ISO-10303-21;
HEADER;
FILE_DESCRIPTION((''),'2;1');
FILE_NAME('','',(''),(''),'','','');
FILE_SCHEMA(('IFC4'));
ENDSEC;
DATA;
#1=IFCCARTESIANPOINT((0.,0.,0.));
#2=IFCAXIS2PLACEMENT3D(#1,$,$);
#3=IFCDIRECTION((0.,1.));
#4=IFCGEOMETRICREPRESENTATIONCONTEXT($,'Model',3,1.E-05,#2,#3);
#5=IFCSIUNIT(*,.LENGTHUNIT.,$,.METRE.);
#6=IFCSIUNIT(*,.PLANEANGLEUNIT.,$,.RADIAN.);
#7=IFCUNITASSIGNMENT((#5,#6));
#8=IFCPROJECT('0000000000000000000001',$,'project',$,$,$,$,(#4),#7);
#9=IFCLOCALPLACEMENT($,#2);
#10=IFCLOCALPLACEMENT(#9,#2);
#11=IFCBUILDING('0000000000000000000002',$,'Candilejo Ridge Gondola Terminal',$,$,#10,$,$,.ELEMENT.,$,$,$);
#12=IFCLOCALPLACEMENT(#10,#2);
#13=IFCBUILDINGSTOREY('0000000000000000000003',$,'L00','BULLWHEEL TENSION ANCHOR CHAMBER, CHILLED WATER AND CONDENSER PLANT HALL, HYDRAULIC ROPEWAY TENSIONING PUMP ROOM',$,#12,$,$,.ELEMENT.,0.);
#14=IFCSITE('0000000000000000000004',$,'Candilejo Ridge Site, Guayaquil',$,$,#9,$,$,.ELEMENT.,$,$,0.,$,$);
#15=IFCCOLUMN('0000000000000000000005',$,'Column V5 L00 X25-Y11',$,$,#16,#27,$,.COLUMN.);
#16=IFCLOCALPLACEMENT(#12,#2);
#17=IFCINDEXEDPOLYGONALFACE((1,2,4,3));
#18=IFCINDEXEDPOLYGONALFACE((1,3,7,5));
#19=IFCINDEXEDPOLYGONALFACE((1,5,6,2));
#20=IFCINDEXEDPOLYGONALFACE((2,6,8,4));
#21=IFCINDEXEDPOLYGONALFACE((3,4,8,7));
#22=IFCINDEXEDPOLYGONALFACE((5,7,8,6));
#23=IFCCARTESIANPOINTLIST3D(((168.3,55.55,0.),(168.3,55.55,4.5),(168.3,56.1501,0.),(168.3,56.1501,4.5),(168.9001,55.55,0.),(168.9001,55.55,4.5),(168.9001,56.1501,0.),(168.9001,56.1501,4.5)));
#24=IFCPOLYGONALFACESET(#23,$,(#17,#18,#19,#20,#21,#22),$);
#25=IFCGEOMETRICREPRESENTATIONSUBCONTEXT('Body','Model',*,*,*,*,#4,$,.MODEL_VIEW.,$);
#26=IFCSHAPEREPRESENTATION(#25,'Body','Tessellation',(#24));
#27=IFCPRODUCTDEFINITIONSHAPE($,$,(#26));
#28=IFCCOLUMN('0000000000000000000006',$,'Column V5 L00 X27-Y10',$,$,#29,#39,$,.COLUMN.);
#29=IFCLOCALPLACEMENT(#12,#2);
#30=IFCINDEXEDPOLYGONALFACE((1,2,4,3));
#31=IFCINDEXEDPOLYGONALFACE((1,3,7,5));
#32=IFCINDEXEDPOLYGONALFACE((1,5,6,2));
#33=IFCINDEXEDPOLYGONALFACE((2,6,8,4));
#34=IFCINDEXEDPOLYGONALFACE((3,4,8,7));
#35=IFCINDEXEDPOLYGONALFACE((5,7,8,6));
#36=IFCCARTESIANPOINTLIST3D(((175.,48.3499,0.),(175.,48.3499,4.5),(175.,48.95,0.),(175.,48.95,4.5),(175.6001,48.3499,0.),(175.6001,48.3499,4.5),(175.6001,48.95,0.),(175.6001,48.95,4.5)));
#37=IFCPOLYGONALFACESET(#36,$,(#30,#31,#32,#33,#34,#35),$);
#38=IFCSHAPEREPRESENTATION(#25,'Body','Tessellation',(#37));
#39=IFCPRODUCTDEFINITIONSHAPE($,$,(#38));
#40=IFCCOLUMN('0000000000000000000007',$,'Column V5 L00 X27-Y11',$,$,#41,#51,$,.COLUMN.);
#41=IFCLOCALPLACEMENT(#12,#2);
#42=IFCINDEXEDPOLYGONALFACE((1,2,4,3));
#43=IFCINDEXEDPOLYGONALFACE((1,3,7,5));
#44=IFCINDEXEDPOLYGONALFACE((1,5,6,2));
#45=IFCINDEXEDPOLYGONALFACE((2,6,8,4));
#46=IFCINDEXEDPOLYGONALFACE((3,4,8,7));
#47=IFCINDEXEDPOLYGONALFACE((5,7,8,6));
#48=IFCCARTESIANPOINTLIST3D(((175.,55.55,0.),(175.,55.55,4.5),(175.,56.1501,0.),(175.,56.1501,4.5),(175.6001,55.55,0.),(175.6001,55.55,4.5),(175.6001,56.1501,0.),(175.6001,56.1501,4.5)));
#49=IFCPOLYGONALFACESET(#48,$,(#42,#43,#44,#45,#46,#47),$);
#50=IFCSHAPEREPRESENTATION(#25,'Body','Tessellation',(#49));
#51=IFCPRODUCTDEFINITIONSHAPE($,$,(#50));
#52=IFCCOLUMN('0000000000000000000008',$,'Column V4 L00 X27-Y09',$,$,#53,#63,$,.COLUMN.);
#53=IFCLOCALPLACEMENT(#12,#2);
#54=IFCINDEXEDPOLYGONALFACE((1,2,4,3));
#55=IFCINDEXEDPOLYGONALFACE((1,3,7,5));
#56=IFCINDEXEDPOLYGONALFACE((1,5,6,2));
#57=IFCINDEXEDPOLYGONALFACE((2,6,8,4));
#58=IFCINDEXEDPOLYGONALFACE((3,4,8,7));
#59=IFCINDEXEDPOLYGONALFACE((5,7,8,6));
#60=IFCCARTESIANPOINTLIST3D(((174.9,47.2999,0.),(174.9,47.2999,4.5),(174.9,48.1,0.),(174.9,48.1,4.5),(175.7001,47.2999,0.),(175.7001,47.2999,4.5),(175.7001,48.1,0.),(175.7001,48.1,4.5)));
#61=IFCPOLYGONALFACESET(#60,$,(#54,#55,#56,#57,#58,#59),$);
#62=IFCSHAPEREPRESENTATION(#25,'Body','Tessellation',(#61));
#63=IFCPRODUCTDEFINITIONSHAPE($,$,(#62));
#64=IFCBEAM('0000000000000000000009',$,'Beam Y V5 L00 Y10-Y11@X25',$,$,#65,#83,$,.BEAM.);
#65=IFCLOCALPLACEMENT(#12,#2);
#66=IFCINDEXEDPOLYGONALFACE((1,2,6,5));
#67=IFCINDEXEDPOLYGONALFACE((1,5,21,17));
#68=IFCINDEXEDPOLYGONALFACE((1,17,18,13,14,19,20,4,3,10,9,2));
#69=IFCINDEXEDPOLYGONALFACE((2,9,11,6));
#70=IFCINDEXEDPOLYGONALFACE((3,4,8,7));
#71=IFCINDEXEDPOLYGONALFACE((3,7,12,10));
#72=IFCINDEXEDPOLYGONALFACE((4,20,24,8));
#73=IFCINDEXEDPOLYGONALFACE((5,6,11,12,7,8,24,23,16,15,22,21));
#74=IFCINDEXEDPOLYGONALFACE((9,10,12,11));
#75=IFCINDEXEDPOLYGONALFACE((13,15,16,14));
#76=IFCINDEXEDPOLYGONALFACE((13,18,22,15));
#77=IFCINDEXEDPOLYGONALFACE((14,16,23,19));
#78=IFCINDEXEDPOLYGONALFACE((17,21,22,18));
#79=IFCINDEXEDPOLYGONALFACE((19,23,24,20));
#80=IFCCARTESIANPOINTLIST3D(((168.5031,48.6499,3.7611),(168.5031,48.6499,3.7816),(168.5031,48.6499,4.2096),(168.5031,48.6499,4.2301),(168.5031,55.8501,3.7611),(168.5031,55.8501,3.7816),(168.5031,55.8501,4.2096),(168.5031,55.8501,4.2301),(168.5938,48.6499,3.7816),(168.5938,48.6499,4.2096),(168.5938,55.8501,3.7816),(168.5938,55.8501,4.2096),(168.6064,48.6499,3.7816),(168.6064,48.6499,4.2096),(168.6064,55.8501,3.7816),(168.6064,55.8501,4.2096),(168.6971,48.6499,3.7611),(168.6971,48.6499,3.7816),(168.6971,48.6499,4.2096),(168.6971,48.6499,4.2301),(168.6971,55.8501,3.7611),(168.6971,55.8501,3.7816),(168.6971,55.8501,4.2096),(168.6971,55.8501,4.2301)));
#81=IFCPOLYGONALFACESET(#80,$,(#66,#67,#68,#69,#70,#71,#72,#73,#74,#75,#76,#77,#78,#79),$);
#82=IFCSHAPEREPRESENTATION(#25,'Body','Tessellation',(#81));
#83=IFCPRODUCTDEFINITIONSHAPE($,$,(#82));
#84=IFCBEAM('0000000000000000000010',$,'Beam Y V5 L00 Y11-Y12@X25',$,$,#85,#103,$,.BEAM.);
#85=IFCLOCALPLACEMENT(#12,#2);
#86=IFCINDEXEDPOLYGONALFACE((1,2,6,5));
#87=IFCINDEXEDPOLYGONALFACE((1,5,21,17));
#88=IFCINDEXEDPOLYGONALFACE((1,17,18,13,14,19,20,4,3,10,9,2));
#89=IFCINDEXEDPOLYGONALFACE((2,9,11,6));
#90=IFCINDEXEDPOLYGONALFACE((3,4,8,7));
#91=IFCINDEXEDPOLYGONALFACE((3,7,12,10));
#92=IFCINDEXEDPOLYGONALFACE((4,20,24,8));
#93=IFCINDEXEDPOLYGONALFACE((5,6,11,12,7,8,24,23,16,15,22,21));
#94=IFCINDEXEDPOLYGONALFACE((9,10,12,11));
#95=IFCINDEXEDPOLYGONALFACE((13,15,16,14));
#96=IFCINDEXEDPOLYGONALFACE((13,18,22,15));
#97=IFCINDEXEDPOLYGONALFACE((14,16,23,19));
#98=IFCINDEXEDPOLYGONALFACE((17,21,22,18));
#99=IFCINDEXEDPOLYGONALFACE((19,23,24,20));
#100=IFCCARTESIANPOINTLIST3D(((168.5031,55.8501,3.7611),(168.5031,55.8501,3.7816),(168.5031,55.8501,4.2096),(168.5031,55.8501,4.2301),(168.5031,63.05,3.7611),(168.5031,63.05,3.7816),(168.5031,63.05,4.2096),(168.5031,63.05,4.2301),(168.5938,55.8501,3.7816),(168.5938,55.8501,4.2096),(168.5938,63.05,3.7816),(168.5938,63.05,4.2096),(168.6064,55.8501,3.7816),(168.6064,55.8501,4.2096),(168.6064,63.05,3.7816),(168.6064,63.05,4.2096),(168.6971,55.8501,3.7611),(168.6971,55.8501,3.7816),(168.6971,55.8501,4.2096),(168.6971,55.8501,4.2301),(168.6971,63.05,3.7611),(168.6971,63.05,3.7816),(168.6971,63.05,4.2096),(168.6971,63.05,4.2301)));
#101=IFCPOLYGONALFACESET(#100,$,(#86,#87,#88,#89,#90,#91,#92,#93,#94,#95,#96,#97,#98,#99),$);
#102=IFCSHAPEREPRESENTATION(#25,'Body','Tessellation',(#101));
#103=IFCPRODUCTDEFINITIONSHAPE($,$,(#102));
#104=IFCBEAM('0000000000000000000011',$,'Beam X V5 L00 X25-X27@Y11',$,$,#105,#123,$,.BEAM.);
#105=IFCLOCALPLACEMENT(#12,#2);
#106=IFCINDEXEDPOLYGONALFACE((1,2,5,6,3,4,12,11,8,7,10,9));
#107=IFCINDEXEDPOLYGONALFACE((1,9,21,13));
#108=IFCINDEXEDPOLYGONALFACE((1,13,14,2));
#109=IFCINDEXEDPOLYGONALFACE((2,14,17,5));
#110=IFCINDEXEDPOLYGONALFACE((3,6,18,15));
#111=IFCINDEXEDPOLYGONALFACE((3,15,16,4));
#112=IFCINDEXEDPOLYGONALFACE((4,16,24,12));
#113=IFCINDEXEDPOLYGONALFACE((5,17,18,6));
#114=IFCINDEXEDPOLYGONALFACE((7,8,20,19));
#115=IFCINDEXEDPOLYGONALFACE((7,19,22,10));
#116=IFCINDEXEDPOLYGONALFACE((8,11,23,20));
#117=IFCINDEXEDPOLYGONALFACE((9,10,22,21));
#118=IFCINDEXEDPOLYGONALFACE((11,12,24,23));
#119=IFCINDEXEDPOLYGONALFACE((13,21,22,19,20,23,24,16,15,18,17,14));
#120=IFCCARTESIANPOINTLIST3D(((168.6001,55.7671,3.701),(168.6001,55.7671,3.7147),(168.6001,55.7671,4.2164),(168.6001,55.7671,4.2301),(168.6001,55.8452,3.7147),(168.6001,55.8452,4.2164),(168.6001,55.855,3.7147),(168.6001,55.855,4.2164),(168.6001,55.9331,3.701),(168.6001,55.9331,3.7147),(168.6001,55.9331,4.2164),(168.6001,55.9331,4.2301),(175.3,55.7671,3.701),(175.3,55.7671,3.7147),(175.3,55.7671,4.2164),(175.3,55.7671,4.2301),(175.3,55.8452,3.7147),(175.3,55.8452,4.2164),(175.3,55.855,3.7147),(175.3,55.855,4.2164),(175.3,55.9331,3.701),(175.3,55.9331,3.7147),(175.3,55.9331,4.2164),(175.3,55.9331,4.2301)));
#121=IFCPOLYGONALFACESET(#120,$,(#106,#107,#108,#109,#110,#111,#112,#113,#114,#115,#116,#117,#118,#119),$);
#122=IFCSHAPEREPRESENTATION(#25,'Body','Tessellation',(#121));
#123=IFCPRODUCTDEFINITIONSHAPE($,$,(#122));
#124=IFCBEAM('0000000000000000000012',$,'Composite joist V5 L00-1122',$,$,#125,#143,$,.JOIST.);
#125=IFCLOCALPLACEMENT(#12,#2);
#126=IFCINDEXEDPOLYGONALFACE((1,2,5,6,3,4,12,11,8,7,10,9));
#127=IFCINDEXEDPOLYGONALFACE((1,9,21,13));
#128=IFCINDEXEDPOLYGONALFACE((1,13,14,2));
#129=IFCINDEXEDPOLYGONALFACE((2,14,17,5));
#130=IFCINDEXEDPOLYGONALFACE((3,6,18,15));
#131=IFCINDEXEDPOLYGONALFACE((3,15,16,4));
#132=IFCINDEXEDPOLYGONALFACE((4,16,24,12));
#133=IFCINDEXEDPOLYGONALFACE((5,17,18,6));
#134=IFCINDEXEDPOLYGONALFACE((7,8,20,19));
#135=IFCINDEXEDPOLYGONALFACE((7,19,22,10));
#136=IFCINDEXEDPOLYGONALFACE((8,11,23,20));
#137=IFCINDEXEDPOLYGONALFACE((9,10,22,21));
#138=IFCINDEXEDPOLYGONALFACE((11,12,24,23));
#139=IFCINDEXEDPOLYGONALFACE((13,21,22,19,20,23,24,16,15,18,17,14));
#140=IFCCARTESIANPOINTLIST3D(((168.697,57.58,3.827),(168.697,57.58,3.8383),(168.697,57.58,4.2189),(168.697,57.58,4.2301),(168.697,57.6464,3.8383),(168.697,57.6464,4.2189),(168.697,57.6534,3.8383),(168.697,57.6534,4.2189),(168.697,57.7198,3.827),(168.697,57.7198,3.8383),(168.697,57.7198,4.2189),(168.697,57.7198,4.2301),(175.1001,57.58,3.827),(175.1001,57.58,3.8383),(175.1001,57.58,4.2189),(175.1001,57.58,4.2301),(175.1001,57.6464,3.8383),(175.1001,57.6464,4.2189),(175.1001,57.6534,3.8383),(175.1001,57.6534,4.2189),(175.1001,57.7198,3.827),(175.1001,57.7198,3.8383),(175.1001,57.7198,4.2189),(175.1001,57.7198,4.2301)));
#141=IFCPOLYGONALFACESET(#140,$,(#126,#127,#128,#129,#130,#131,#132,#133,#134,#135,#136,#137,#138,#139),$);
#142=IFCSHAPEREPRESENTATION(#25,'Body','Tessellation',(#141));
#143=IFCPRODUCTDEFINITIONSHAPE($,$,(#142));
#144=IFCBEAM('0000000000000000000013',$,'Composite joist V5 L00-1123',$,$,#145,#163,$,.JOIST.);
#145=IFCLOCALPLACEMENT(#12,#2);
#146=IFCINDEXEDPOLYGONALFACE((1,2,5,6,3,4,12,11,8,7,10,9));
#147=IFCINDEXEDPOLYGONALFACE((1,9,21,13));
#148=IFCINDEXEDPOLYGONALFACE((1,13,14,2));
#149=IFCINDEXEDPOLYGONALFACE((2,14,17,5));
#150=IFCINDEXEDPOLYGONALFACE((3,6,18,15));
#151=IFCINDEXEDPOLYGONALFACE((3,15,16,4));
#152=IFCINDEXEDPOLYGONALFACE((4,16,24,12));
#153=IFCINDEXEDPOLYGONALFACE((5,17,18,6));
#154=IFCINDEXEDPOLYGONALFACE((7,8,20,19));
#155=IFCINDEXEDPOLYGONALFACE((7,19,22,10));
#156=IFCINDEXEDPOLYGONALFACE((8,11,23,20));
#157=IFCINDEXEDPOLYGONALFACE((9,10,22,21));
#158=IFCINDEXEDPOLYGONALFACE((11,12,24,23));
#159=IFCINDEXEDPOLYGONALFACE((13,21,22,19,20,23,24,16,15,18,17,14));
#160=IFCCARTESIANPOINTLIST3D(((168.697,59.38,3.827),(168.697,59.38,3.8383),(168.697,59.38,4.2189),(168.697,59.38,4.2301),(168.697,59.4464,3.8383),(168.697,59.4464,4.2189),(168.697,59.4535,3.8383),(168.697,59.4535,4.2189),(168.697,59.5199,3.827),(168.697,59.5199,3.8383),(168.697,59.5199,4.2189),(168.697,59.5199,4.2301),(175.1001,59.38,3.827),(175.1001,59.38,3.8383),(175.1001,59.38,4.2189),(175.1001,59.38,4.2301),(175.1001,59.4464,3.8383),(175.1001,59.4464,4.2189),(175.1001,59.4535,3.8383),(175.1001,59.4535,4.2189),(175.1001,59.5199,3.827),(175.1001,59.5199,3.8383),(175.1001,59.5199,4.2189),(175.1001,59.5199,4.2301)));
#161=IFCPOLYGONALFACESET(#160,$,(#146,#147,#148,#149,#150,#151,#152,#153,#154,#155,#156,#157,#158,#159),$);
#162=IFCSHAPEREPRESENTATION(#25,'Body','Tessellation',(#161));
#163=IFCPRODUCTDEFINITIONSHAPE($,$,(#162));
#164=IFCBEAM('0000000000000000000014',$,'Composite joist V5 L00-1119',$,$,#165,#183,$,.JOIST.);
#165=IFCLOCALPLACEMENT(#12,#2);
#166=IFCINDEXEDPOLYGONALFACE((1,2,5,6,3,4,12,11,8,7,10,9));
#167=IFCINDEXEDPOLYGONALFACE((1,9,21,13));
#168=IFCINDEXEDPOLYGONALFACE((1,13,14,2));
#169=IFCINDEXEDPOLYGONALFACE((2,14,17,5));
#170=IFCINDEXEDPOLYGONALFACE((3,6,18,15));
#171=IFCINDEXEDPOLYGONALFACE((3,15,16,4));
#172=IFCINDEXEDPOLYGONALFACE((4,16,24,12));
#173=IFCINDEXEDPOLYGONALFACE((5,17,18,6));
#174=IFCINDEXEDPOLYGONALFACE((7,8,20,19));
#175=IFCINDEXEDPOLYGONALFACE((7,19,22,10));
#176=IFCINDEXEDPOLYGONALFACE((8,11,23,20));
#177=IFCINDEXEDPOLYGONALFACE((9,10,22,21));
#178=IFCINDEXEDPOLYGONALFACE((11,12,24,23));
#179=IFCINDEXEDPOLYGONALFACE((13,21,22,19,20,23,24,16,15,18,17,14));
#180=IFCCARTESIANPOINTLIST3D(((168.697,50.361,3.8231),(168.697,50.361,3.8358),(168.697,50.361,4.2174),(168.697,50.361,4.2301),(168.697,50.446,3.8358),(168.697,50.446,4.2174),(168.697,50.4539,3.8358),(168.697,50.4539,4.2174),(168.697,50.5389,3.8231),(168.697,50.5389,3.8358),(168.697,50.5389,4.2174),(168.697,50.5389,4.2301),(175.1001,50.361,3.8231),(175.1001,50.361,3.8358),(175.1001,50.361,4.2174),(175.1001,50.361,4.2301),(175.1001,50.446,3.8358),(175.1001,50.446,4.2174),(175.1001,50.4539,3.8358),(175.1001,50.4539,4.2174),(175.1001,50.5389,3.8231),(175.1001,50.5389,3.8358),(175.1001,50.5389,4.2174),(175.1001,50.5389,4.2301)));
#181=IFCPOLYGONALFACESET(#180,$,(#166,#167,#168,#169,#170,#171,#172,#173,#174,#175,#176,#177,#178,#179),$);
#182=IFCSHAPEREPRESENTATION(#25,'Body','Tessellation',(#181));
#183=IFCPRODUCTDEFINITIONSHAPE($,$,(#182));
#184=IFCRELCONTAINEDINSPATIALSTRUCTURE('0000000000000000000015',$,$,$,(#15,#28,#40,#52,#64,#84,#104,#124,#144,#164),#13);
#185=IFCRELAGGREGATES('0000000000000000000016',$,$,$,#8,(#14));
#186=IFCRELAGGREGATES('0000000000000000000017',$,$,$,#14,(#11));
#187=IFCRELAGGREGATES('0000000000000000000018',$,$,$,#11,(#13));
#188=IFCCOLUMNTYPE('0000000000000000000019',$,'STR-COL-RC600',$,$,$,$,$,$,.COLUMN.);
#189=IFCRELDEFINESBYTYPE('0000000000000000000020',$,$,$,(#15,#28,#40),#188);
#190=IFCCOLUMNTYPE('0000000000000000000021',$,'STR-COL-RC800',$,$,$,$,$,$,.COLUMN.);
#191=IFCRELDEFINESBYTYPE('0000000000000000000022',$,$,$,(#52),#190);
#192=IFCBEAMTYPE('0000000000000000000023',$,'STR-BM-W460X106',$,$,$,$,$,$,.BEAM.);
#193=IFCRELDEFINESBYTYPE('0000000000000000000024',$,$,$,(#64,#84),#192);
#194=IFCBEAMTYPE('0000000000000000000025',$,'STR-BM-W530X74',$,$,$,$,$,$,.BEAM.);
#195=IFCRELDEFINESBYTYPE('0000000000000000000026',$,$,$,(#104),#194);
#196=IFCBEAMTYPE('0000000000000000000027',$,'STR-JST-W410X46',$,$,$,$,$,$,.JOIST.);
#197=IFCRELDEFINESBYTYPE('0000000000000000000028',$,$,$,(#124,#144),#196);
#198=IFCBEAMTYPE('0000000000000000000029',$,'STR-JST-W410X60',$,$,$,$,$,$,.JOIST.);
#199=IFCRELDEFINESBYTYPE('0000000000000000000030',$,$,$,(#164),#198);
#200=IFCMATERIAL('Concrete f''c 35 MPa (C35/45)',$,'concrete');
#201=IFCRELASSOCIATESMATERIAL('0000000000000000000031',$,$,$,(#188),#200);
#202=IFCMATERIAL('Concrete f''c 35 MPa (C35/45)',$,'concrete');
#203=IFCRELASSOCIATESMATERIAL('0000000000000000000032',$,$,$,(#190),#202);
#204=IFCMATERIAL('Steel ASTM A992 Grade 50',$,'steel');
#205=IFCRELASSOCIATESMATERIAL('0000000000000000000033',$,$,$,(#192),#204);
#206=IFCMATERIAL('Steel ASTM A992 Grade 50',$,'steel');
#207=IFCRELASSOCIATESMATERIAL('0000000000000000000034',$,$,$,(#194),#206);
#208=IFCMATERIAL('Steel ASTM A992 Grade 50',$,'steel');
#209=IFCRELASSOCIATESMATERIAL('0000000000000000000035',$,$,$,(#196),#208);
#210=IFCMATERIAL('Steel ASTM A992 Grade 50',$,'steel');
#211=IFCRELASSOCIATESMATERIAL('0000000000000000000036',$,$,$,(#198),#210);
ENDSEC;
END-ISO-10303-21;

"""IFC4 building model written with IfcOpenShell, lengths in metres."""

from ifc_helpers import new_model, si_unit, direction, frame, origin, origin_2d, place, context, subcontext, project, spatial, rectangle, i_section, extrude, material, material_profile, profile_set, type_object, element, save


model = new_model("IFC4")

# Units and contexts
model_context = context("Model", 3, precision=1e-05, world=origin(), true_north=direction((0.0, 1.0)))
body_context = subcontext(model_context, "Body", "Model", "MODEL_VIEW")
ifc_project = project(units=[si_unit("LENGTHUNIT", "METRE"), si_unit("PLANEANGLEUNIT", "RADIAN")], contexts=[model_context])

# Site, building, storey
site_placement = place(None, origin())
site = spatial("IfcSite", under=ifc_project, at=site_placement, Name="Candilejo Ridge Site, Guayaquil", CompositionType="ELEMENT", RefElevation=0.0)
building_placement = place(site_placement, origin())
building = spatial("IfcBuilding", under=site, at=building_placement, Name="Candilejo Ridge Gondola Terminal", CompositionType="ELEMENT")
storey_placement = place(building_placement, origin())
storey = spatial("IfcBuildingStorey", under=building, at=storey_placement, Name="L00", Description="BULLWHEEL TENSION ANCHOR CHAMBER, CHILLED WATER AND CONDENSER PLANT HALL, HYDRAULIC ROPEWAY TENSIONING PUMP ROOM", CompositionType="ELEMENT", Elevation=0.0)

# Columns
ifc_material_1 = material(Name="Concrete f'c 35 MPa (C35/45)", Category="concrete")
ifc_material_profile_1 = material_profile(ifc_material_1, rectangle(XDim=0.6001, YDim=0.6001, at=origin_2d()))
ifc_profile_set_1 = profile_set([ifc_material_profile_1], Name="Concrete f'c 35 MPa (C35/45)")
column_type_1 = type_object("IfcColumnType", Name="STR-COL-RC600", PredefinedType="COLUMN", material=ifc_profile_set_1)
for number, where, z_axis, x_axis, name in (
    (1, (168.6001, 55.8501, 0.0), (0.0, 0.0, 1.0), (1.0, 0.0, 0.0), "Column V5 L00 X25-Y11"),
    (2, (175.3, 48.6499, 0.0), (0.0, 0.0, 1.0), (1.0, 0.0, 0.0), "Column V5 L00 X27-Y10"),
    (3, (175.3, 55.8501, 0.0), (0.0, 0.0, 1.0), (1.0, 0.0, 0.0), "Column V5 L00 X27-Y11"),
):
    element("IfcColumn", number, at=place(storey_placement, frame(where, z_axis=z_axis, x_axis=x_axis)), inside=storey, type_object=column_type_1, Name=name, PredefinedType="COLUMN", context=body_context, shape_type="SweptSolid", body=[
        extrude(rectangle(XDim=0.6001, YDim=0.6001, at=origin_2d()), origin(), (0.0, 0.0, 1.0), 4.5),
    ])
ifc_material_2 = material(Name="Concrete f'c 35 MPa (C35/45)", Category="concrete")
ifc_material_profile_2 = material_profile(ifc_material_2, rectangle(XDim=0.8, YDim=0.8, at=origin_2d()))
ifc_profile_set_2 = profile_set([ifc_material_profile_2], Name="Concrete f'c 35 MPa (C35/45)")
column_type_2 = type_object("IfcColumnType", Name="STR-COL-RC800", PredefinedType="COLUMN", material=ifc_profile_set_2)
column_placement = place(storey_placement, frame((175.3, 47.7, 0.0), z_axis=(0.0, 0.0, 1.0), x_axis=(1.0, 0.0, 0.0)))
element("IfcColumn", 4, at=column_placement, inside=storey, type_object=column_type_2, Name="Column V4 L00 X27-Y09", PredefinedType="COLUMN", context=body_context, shape_type="SweptSolid", body=[
    extrude(rectangle(XDim=0.8, YDim=0.8, at=origin_2d()), origin(), (0.0, 0.0, 1.0), 4.5),
])

# Beams
ifc_material_3 = material(Name="Steel ASTM A992 Grade 50", Category="steel")
ifc_material_profile_3 = material_profile(ifc_material_3, i_section(OverallWidth=0.1941, OverallDepth=0.469, WebThickness=0.0127, FlangeThickness=0.0205, at=origin_2d()))
ifc_profile_set_3 = profile_set([ifc_material_profile_3], Name="Steel ASTM A992 Grade 50")
beam_type_1 = type_object("IfcBeamType", Name="STR-BM-W460X106", PredefinedType="BEAM", material=ifc_profile_set_3)
beam_1_placement = place(storey_placement, frame((168.6001, 48.6499, 3.9956), z_axis=(0.0, 1.0, 0.0), x_axis=(-1.0, 0.0, 0.0)))
element("IfcBeam", 5, at=beam_1_placement, inside=storey, type_object=beam_type_1, Name="Beam Y V5 L00 Y10-Y11@X25", PredefinedType="BEAM", context=body_context, shape_type="SweptSolid", body=[
    extrude(i_section(OverallWidth=0.1941, OverallDepth=0.469, WebThickness=0.0127, FlangeThickness=0.0205, at=origin_2d()), origin(), (0.0, 0.0, 1.0), 7.2002),
])
beam_2_placement = place(storey_placement, frame((168.6001, 55.8501, 3.9956), z_axis=(0.0, 1.0, 0.0), x_axis=(-1.0, 0.0, 0.0)))
element("IfcBeam", 6, at=beam_2_placement, inside=storey, type_object=beam_type_1, Name="Beam Y V5 L00 Y11-Y12@X25", PredefinedType="BEAM", context=body_context, shape_type="SweptSolid", body=[
    extrude(i_section(OverallWidth=0.1941, OverallDepth=0.469, WebThickness=0.0127, FlangeThickness=0.0205, at=origin_2d()), origin(), (0.0, 0.0, 1.0), 7.2),
])
ifc_material_4 = material(Name="Steel ASTM A992 Grade 50", Category="steel")
ifc_material_profile_4 = material_profile(ifc_material_4, i_section(OverallWidth=0.166, OverallDepth=0.5291, WebThickness=0.0098, FlangeThickness=0.0137, at=origin_2d()))
ifc_profile_set_4 = profile_set([ifc_material_profile_4], Name="Steel ASTM A992 Grade 50")
beam_type_2 = type_object("IfcBeamType", Name="STR-BM-W530X74", PredefinedType="BEAM", material=ifc_profile_set_4)
beam_3_placement = place(storey_placement, frame((168.6001, 55.8501, 3.9656), z_axis=(1.0, 0.0, 0.0), x_axis=(0.0, 1.0, 0.0)))
element("IfcBeam", 7, at=beam_3_placement, inside=storey, type_object=beam_type_2, Name="Beam X V5 L00 X25-X27@Y11", PredefinedType="BEAM", context=body_context, shape_type="SweptSolid", body=[
    extrude(i_section(OverallWidth=0.166, OverallDepth=0.5291, WebThickness=0.0098, FlangeThickness=0.0137, at=origin_2d()), origin(), (0.0, 0.0, 1.0), 6.7),
])
ifc_material_5 = material(Name="Steel ASTM A992 Grade 50", Category="steel")
ifc_material_profile_5 = material_profile(ifc_material_5, i_section(OverallWidth=0.1399, OverallDepth=0.4031, WebThickness=0.0071, FlangeThickness=0.0112, at=origin_2d()))
ifc_profile_set_5 = profile_set([ifc_material_profile_5], Name="Steel ASTM A992 Grade 50")
beam_type_3 = type_object("IfcBeamType", Name="STR-JST-W410X46", PredefinedType="JOIST", material=ifc_profile_set_5)
for number, where, z_axis, x_axis, name in (
    (8, (168.697, 57.6499, 4.0286), (1.0, 0.0, 0.0), (0.0, 1.0, 0.0), "Composite joist V5 L00-1122"),
    (9, (168.697, 59.45, 4.0286), (1.0, 0.0, 0.0), (0.0, 1.0, 0.0), "Composite joist V5 L00-1123"),
):
    element("IfcBeam", number, at=place(storey_placement, frame(where, z_axis=z_axis, x_axis=x_axis)), inside=storey, type_object=beam_type_3, Name=name, PredefinedType="JOIST", context=body_context, shape_type="SweptSolid", body=[
        extrude(i_section(OverallWidth=0.1399, OverallDepth=0.4031, WebThickness=0.0071, FlangeThickness=0.0112, at=origin_2d()), origin(), (0.0, 0.0, 1.0), 6.4031),
    ])
ifc_material_6 = material(Name="Steel ASTM A992 Grade 50", Category="steel")
ifc_material_profile_6 = material_profile(ifc_material_6, i_section(OverallWidth=0.178, OverallDepth=0.407, WebThickness=0.0078, FlangeThickness=0.0127, at=origin_2d()))
ifc_profile_set_6 = profile_set([ifc_material_profile_6], Name="Steel ASTM A992 Grade 50")
beam_type_4 = type_object("IfcBeamType", Name="STR-JST-W410X60", PredefinedType="JOIST", material=ifc_profile_set_6)
for number, where, z_axis, x_axis, name in (
    (10, (168.697, 50.45, 4.0266), (1.0, 0.0, 0.0), (0.0, 1.0, 0.0), "Composite joist V5 L00-1119"),
):
    element("IfcBeam", number, at=place(storey_placement, frame(where, z_axis=z_axis, x_axis=x_axis)), inside=storey, type_object=beam_type_4, Name=name, PredefinedType="JOIST", context=body_context, shape_type="SweptSolid", body=[
        extrude(i_section(OverallWidth=0.178, OverallDepth=0.407, WebThickness=0.0078, FlangeThickness=0.0127, at=origin_2d()), origin(), (0.0, 0.0, 1.0), 6.4031),
    ])

save(model, "model.ifc")
